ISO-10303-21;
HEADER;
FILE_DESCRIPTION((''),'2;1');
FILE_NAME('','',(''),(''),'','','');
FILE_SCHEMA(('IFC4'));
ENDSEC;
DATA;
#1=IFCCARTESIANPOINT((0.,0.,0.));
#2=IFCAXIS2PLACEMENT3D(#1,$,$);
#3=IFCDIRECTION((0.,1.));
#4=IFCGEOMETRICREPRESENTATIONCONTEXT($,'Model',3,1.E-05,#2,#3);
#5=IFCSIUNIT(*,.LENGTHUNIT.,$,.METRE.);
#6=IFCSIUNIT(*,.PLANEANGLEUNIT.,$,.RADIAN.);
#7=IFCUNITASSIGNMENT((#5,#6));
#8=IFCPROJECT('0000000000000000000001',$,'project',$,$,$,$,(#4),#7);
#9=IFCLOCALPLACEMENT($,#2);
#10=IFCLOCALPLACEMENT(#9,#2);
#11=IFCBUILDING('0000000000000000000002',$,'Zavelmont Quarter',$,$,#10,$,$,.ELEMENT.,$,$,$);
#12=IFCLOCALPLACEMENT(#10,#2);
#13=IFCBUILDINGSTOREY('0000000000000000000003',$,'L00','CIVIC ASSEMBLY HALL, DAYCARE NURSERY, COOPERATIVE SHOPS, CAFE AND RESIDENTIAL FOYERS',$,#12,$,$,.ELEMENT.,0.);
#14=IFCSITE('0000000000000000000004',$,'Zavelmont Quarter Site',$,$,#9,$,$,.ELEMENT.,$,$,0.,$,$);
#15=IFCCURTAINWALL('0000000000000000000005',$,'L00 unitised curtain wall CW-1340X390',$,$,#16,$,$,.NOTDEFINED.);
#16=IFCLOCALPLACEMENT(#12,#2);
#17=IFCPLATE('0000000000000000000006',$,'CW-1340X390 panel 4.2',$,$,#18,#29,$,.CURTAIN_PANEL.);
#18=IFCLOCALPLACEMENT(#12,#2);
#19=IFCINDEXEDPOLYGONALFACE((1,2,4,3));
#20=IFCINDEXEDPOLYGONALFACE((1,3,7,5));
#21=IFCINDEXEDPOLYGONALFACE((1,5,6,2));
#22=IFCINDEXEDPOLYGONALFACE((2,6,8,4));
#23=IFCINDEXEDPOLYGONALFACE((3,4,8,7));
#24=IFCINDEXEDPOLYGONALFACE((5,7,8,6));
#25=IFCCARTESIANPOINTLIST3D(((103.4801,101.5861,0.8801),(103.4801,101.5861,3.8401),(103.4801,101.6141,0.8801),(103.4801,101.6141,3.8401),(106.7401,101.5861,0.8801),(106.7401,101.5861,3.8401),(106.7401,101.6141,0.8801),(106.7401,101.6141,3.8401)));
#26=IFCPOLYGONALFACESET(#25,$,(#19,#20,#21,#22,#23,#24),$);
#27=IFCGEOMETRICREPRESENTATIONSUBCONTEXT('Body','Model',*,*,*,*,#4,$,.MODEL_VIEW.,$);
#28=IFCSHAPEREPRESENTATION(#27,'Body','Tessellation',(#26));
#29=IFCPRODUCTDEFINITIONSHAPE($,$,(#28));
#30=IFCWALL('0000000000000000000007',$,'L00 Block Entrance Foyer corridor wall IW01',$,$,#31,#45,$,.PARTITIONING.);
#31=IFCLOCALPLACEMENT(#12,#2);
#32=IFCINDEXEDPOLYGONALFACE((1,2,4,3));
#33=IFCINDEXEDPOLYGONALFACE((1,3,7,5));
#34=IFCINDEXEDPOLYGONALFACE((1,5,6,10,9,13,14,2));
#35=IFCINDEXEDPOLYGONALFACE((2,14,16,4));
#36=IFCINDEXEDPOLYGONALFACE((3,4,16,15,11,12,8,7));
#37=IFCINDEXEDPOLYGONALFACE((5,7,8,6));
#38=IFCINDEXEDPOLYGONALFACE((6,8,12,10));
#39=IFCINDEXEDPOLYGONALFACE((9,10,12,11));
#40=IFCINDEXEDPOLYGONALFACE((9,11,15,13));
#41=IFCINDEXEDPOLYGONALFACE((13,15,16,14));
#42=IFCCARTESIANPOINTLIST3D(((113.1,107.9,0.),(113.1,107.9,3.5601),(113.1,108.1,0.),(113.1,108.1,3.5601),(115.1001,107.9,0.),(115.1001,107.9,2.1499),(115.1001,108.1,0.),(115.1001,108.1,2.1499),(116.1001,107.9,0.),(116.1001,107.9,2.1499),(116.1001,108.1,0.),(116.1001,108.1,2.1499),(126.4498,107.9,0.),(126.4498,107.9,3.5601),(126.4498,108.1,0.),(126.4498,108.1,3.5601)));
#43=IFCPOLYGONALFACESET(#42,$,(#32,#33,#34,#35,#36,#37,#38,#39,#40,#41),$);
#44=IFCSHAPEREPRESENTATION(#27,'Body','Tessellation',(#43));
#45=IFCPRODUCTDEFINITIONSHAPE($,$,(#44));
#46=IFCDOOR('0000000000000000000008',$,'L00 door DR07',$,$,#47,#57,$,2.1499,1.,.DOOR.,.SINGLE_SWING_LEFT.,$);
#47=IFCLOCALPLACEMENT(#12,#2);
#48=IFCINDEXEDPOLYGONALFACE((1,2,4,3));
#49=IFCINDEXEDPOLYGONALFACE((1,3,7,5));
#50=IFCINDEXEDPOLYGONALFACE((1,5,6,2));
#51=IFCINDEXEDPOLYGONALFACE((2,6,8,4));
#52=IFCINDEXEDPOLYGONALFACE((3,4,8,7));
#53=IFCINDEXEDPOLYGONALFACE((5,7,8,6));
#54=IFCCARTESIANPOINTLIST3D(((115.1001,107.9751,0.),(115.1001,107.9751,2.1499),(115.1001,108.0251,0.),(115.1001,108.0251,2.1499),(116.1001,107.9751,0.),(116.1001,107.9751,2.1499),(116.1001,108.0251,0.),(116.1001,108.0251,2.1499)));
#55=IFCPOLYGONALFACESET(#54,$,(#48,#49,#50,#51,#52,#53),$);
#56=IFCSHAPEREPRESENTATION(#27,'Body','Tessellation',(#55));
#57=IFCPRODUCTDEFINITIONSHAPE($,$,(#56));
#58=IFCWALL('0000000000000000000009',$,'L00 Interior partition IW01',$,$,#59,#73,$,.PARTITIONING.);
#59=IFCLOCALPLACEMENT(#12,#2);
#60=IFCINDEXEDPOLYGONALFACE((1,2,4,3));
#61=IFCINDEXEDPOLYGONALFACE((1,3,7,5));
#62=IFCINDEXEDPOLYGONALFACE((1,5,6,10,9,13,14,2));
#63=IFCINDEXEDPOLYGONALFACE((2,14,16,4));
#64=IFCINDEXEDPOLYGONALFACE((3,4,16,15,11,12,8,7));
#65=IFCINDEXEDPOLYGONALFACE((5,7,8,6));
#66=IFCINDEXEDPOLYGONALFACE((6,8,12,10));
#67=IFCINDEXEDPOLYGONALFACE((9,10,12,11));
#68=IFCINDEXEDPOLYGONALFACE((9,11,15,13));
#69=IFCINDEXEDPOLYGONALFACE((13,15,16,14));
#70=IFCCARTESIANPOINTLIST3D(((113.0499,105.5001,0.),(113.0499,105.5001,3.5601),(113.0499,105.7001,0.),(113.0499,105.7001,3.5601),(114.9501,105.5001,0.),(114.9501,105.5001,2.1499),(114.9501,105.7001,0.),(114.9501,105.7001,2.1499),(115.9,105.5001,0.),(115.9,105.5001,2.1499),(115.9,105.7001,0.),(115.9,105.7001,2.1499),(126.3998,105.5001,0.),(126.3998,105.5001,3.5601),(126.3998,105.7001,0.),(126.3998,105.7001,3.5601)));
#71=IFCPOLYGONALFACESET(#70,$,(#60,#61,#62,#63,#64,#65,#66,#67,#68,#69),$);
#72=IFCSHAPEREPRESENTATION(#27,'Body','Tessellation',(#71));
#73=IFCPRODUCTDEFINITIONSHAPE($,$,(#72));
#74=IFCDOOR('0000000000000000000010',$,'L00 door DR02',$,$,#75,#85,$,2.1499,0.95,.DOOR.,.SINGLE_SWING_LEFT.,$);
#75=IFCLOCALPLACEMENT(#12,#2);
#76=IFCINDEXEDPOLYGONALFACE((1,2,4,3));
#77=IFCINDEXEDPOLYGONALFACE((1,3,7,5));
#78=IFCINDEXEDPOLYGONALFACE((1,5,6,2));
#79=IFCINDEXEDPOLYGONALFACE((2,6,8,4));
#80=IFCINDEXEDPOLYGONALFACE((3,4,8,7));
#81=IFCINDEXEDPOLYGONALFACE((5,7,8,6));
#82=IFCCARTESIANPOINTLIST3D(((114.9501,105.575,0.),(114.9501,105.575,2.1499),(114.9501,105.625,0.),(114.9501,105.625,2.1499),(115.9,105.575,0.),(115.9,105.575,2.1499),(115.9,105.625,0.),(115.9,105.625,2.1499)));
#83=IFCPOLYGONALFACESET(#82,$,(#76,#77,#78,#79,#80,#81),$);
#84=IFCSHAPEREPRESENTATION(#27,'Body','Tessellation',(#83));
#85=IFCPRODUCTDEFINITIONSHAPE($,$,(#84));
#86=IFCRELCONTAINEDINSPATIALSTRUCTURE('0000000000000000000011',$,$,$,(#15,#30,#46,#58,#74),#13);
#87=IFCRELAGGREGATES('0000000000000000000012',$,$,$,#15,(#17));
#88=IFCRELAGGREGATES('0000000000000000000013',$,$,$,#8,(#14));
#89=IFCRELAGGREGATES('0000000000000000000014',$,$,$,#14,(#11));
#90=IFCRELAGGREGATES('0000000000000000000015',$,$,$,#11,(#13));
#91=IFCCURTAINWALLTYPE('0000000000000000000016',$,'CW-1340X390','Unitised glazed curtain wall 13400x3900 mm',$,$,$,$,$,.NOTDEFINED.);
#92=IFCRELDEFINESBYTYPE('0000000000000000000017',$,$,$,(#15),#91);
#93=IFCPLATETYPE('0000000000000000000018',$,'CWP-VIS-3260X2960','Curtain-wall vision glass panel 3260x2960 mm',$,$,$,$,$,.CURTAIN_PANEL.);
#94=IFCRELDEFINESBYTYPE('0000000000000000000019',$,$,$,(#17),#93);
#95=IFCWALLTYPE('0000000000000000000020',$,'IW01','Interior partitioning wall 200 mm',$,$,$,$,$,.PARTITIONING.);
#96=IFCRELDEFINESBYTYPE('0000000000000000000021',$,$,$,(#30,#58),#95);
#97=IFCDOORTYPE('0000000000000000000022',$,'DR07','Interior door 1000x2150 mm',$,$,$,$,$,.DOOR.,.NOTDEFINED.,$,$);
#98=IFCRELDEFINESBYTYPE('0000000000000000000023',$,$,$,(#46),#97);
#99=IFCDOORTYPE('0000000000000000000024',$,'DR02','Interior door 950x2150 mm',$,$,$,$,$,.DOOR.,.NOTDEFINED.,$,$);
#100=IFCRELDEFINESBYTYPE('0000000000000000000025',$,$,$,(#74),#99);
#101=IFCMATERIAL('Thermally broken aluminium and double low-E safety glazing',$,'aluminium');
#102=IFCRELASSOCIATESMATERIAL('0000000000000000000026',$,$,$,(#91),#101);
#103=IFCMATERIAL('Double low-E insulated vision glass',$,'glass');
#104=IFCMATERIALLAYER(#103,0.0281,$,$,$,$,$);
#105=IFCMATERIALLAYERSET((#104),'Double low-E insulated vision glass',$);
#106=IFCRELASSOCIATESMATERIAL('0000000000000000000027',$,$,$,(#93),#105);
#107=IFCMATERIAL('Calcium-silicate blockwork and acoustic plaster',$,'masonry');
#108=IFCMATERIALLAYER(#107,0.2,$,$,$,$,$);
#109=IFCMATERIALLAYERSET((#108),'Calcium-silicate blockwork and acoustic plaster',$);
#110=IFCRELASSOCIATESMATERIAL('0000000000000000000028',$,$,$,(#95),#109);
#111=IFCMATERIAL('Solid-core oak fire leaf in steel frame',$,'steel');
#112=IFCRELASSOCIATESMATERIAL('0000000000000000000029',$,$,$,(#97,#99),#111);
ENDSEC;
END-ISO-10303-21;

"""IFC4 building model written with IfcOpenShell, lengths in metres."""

from ifc_helpers import new_model, si_unit, direction, frame, frame_2d, origin, origin_with_axes, origin_2d, place, context, subcontext, project, spatial, rectangle, extrude, material, layer, layer_set, type_object, element, fill, aggregate, save


model = new_model("IFC4")

# Units and contexts
model_context = context("Model", 3, precision=1e-05, world=origin(), true_north=direction((0.0, 1.0)))
body_context = subcontext(model_context, "Body", "Model", "MODEL_VIEW")
ifc_project = project(units=[si_unit("LENGTHUNIT", "METRE"), si_unit("PLANEANGLEUNIT", "RADIAN")], contexts=[model_context])

# Site, building, storey
site_placement = place(None, origin())
site = spatial("IfcSite", under=ifc_project, at=site_placement, Name="Zavelmont Quarter Site", CompositionType="ELEMENT", RefElevation=0.0)
building_placement = place(site_placement, origin())
building = spatial("IfcBuilding", under=site, at=building_placement, Name="Zavelmont Quarter", CompositionType="ELEMENT")
storey_placement = place(building_placement, origin())
storey = spatial("IfcBuildingStorey", under=building, at=storey_placement, Name="L00", Description="CIVIC ASSEMBLY HALL, DAYCARE NURSERY, COOPERATIVE SHOPS, CAFE AND RESIDENTIAL FOYERS", CompositionType="ELEMENT", Elevation=0.0)

# Shared definitions
ifc_material_1 = material(Name="Thermally broken aluminium and double low-E safety glazing", Category="aluminium")

# Curtain wall
curtain_wall_type_1 = type_object("IfcCurtainWallType", Name="CW-1340X390", Description="Unitised glazed curtain wall 13400x3900 mm", PredefinedType="NOTDEFINED", material=ifc_material_1)
curtain_wall_1_placement = place(storey_placement, origin())
curtain_wall_1 = element("IfcCurtainWall", 1, at=curtain_wall_1_placement, inside=storey, type_object=curtain_wall_type_1, Name="L00 unitised curtain wall CW-1340X390", PredefinedType="NOTDEFINED")

# Plate
ifc_material_2 = material(Name="Double low-E insulated vision glass", Category="glass")
ifc_layer_1 = layer(ifc_material_2, 0.0281)
ifc_layer_set_1 = layer_set([ifc_layer_1], Name="Double low-E insulated vision glass")
plate_type_1 = type_object("IfcPlateType", Name="CWP-VIS-3260X2960", Description="Curtain-wall vision glass panel 3260x2960 mm", PredefinedType="CURTAIN_PANEL", material=ifc_layer_set_1)
plate_1_placement = place(storey_placement, frame((105.1101, 101.6001, 0.8801), z_axis=(0.0, 0.0, 1.0), x_axis=(1.0, 0.0, 0.0)))
plate_1 = element("IfcPlate", 2, at=plate_1_placement, type_object=plate_type_1, Name="CW-1340X390 panel 4.2", PredefinedType="CURTAIN_PANEL", context=body_context, shape_type="SweptSolid", body=[
    extrude(rectangle(XDim=3.26, YDim=0.0281, at=origin_2d()), origin(), (0.0, 0.0, 1.0), 2.96),
])
aggregate(curtain_wall_1, [plate_1])

# Walls, openings, doors
ifc_material_3 = material(Name="Calcium-silicate blockwork and acoustic plaster", Category="masonry")
ifc_layer_2 = layer(ifc_material_3, 0.2)
ifc_layer_set_2 = layer_set([ifc_layer_2], Name="Calcium-silicate blockwork and acoustic plaster")
wall_type_1 = type_object("IfcWallType", Name="IW01", Description="Interior partitioning wall 200 mm", PredefinedType="PARTITIONING", material=ifc_layer_set_2)
wall_1_placement = place(storey_placement, frame((113.1001, 108.0, 0.0), z_axis=(0.0, 0.0, 1.0), x_axis=(1.0, 0.0, 0.0)))
wall_1 = element("IfcWall", 3, at=wall_1_placement, inside=storey, type_object=wall_type_1, Name="L00 Block Entrance Foyer corridor wall IW01", PredefinedType="PARTITIONING", context=body_context, shape_type="SweptSolid", body=[
    extrude(rectangle(XDim=13.3499, YDim=0.2, at=frame_2d((6.6748, 0.0))), origin(), (0.0, 0.0, 1.0), 3.5601),
])
opening_1_placement = place(wall_1_placement, frame((2.0, 0.0, 0.0)))
opening_1 = element("IfcOpeningElement", 4, at=opening_1_placement, cuts=wall_1, PredefinedType="OPENING", context=body_context, shape_type="SweptSolid", body=[
    extrude(rectangle(XDim=1.0, YDim=2.1499, at=frame_2d((0.5, 1.075))), frame((0.0, 0.1118, 0.0), z_axis=(0.0, -1.0, 0.0), x_axis=(1.0, 0.0, 0.0)), (0.0, 0.0, 1.0), 0.2239),
])
ifc_material_4 = material(Name="Solid-core oak fire leaf in steel frame", Category="steel")
door_type_1 = type_object("IfcDoorType", Name="DR07", Description="Interior door 1000x2150 mm", OperationType="NOTDEFINED", PredefinedType="DOOR", material=ifc_material_4)
door_1_placement = place(opening_1_placement, frame((1.0, 0.0, 0.0), z_axis=(0.0, 0.0, 1.0), x_axis=(-1.0, 0.0, 0.0)))
door_1 = element("IfcDoor", 5, at=door_1_placement, inside=storey, type_object=door_type_1, Name="L00 door DR07", OperationType="SINGLE_SWING_LEFT", OverallHeight=2.1499, OverallWidth=1.0, PredefinedType="DOOR", context=body_context, shape_type="SweptSolid", body=[
    extrude(rectangle(XDim=1.0, YDim=2.1499, at=frame_2d((0.5, 1.075))), frame((0.0, 0.0249, 0.0), z_axis=(0.0, -1.0, 0.0), x_axis=(1.0, 0.0, 0.0)), (0.0, 0.0, 1.0), 0.05),
])
fill(opening_1, door_1)
wall_2_placement = place(storey_placement, frame((113.05, 105.6001, 0.0), z_axis=(0.0, 0.0, 1.0), x_axis=(1.0, 0.0, 0.0)))
wall_2 = element("IfcWall", 6, at=wall_2_placement, inside=storey, type_object=wall_type_1, Name="L00 Interior partition IW01", PredefinedType="PARTITIONING", context=body_context, shape_type="SweptSolid", body=[
    extrude(rectangle(XDim=13.3499, YDim=0.2, at=frame_2d((6.6748, 0.0))), origin(), (0.0, 0.0, 1.0), 3.5601),
])
opening_2_placement = place(wall_2_placement, frame((1.8999, 0.0, 0.0)))
opening_2 = element("IfcOpeningElement", 7, at=opening_2_placement, cuts=wall_2, PredefinedType="OPENING", context=body_context, shape_type="SweptSolid", body=[
    extrude(rectangle(XDim=0.95, YDim=2.1499, at=frame_2d((0.4751, 1.075))), frame((0.0, 0.1118, 0.0), z_axis=(0.0, -1.0, 0.0), x_axis=(1.0, 0.0, 0.0)), (0.0, 0.0, 1.0), 0.2239),
])
door_type_2 = type_object("IfcDoorType", Name="DR02", Description="Interior door 950x2150 mm", OperationType="NOTDEFINED", PredefinedType="DOOR", material=ifc_material_4)
door_2_placement = place(opening_2_placement, origin_with_axes())
door_2 = element("IfcDoor", 8, at=door_2_placement, inside=storey, type_object=door_type_2, Name="L00 door DR02", OperationType="SINGLE_SWING_LEFT", OverallHeight=2.1499, OverallWidth=0.95, PredefinedType="DOOR", context=body_context, shape_type="SweptSolid", body=[
    extrude(rectangle(XDim=0.95, YDim=2.1499, at=frame_2d((0.4751, 1.075))), frame((0.0, 0.0249, 0.0), z_axis=(0.0, -1.0, 0.0), x_axis=(1.0, 0.0, 0.0)), (0.0, 0.0, 1.0), 0.05),
])
fill(opening_2, door_2)

save(model, "model.ifc")
